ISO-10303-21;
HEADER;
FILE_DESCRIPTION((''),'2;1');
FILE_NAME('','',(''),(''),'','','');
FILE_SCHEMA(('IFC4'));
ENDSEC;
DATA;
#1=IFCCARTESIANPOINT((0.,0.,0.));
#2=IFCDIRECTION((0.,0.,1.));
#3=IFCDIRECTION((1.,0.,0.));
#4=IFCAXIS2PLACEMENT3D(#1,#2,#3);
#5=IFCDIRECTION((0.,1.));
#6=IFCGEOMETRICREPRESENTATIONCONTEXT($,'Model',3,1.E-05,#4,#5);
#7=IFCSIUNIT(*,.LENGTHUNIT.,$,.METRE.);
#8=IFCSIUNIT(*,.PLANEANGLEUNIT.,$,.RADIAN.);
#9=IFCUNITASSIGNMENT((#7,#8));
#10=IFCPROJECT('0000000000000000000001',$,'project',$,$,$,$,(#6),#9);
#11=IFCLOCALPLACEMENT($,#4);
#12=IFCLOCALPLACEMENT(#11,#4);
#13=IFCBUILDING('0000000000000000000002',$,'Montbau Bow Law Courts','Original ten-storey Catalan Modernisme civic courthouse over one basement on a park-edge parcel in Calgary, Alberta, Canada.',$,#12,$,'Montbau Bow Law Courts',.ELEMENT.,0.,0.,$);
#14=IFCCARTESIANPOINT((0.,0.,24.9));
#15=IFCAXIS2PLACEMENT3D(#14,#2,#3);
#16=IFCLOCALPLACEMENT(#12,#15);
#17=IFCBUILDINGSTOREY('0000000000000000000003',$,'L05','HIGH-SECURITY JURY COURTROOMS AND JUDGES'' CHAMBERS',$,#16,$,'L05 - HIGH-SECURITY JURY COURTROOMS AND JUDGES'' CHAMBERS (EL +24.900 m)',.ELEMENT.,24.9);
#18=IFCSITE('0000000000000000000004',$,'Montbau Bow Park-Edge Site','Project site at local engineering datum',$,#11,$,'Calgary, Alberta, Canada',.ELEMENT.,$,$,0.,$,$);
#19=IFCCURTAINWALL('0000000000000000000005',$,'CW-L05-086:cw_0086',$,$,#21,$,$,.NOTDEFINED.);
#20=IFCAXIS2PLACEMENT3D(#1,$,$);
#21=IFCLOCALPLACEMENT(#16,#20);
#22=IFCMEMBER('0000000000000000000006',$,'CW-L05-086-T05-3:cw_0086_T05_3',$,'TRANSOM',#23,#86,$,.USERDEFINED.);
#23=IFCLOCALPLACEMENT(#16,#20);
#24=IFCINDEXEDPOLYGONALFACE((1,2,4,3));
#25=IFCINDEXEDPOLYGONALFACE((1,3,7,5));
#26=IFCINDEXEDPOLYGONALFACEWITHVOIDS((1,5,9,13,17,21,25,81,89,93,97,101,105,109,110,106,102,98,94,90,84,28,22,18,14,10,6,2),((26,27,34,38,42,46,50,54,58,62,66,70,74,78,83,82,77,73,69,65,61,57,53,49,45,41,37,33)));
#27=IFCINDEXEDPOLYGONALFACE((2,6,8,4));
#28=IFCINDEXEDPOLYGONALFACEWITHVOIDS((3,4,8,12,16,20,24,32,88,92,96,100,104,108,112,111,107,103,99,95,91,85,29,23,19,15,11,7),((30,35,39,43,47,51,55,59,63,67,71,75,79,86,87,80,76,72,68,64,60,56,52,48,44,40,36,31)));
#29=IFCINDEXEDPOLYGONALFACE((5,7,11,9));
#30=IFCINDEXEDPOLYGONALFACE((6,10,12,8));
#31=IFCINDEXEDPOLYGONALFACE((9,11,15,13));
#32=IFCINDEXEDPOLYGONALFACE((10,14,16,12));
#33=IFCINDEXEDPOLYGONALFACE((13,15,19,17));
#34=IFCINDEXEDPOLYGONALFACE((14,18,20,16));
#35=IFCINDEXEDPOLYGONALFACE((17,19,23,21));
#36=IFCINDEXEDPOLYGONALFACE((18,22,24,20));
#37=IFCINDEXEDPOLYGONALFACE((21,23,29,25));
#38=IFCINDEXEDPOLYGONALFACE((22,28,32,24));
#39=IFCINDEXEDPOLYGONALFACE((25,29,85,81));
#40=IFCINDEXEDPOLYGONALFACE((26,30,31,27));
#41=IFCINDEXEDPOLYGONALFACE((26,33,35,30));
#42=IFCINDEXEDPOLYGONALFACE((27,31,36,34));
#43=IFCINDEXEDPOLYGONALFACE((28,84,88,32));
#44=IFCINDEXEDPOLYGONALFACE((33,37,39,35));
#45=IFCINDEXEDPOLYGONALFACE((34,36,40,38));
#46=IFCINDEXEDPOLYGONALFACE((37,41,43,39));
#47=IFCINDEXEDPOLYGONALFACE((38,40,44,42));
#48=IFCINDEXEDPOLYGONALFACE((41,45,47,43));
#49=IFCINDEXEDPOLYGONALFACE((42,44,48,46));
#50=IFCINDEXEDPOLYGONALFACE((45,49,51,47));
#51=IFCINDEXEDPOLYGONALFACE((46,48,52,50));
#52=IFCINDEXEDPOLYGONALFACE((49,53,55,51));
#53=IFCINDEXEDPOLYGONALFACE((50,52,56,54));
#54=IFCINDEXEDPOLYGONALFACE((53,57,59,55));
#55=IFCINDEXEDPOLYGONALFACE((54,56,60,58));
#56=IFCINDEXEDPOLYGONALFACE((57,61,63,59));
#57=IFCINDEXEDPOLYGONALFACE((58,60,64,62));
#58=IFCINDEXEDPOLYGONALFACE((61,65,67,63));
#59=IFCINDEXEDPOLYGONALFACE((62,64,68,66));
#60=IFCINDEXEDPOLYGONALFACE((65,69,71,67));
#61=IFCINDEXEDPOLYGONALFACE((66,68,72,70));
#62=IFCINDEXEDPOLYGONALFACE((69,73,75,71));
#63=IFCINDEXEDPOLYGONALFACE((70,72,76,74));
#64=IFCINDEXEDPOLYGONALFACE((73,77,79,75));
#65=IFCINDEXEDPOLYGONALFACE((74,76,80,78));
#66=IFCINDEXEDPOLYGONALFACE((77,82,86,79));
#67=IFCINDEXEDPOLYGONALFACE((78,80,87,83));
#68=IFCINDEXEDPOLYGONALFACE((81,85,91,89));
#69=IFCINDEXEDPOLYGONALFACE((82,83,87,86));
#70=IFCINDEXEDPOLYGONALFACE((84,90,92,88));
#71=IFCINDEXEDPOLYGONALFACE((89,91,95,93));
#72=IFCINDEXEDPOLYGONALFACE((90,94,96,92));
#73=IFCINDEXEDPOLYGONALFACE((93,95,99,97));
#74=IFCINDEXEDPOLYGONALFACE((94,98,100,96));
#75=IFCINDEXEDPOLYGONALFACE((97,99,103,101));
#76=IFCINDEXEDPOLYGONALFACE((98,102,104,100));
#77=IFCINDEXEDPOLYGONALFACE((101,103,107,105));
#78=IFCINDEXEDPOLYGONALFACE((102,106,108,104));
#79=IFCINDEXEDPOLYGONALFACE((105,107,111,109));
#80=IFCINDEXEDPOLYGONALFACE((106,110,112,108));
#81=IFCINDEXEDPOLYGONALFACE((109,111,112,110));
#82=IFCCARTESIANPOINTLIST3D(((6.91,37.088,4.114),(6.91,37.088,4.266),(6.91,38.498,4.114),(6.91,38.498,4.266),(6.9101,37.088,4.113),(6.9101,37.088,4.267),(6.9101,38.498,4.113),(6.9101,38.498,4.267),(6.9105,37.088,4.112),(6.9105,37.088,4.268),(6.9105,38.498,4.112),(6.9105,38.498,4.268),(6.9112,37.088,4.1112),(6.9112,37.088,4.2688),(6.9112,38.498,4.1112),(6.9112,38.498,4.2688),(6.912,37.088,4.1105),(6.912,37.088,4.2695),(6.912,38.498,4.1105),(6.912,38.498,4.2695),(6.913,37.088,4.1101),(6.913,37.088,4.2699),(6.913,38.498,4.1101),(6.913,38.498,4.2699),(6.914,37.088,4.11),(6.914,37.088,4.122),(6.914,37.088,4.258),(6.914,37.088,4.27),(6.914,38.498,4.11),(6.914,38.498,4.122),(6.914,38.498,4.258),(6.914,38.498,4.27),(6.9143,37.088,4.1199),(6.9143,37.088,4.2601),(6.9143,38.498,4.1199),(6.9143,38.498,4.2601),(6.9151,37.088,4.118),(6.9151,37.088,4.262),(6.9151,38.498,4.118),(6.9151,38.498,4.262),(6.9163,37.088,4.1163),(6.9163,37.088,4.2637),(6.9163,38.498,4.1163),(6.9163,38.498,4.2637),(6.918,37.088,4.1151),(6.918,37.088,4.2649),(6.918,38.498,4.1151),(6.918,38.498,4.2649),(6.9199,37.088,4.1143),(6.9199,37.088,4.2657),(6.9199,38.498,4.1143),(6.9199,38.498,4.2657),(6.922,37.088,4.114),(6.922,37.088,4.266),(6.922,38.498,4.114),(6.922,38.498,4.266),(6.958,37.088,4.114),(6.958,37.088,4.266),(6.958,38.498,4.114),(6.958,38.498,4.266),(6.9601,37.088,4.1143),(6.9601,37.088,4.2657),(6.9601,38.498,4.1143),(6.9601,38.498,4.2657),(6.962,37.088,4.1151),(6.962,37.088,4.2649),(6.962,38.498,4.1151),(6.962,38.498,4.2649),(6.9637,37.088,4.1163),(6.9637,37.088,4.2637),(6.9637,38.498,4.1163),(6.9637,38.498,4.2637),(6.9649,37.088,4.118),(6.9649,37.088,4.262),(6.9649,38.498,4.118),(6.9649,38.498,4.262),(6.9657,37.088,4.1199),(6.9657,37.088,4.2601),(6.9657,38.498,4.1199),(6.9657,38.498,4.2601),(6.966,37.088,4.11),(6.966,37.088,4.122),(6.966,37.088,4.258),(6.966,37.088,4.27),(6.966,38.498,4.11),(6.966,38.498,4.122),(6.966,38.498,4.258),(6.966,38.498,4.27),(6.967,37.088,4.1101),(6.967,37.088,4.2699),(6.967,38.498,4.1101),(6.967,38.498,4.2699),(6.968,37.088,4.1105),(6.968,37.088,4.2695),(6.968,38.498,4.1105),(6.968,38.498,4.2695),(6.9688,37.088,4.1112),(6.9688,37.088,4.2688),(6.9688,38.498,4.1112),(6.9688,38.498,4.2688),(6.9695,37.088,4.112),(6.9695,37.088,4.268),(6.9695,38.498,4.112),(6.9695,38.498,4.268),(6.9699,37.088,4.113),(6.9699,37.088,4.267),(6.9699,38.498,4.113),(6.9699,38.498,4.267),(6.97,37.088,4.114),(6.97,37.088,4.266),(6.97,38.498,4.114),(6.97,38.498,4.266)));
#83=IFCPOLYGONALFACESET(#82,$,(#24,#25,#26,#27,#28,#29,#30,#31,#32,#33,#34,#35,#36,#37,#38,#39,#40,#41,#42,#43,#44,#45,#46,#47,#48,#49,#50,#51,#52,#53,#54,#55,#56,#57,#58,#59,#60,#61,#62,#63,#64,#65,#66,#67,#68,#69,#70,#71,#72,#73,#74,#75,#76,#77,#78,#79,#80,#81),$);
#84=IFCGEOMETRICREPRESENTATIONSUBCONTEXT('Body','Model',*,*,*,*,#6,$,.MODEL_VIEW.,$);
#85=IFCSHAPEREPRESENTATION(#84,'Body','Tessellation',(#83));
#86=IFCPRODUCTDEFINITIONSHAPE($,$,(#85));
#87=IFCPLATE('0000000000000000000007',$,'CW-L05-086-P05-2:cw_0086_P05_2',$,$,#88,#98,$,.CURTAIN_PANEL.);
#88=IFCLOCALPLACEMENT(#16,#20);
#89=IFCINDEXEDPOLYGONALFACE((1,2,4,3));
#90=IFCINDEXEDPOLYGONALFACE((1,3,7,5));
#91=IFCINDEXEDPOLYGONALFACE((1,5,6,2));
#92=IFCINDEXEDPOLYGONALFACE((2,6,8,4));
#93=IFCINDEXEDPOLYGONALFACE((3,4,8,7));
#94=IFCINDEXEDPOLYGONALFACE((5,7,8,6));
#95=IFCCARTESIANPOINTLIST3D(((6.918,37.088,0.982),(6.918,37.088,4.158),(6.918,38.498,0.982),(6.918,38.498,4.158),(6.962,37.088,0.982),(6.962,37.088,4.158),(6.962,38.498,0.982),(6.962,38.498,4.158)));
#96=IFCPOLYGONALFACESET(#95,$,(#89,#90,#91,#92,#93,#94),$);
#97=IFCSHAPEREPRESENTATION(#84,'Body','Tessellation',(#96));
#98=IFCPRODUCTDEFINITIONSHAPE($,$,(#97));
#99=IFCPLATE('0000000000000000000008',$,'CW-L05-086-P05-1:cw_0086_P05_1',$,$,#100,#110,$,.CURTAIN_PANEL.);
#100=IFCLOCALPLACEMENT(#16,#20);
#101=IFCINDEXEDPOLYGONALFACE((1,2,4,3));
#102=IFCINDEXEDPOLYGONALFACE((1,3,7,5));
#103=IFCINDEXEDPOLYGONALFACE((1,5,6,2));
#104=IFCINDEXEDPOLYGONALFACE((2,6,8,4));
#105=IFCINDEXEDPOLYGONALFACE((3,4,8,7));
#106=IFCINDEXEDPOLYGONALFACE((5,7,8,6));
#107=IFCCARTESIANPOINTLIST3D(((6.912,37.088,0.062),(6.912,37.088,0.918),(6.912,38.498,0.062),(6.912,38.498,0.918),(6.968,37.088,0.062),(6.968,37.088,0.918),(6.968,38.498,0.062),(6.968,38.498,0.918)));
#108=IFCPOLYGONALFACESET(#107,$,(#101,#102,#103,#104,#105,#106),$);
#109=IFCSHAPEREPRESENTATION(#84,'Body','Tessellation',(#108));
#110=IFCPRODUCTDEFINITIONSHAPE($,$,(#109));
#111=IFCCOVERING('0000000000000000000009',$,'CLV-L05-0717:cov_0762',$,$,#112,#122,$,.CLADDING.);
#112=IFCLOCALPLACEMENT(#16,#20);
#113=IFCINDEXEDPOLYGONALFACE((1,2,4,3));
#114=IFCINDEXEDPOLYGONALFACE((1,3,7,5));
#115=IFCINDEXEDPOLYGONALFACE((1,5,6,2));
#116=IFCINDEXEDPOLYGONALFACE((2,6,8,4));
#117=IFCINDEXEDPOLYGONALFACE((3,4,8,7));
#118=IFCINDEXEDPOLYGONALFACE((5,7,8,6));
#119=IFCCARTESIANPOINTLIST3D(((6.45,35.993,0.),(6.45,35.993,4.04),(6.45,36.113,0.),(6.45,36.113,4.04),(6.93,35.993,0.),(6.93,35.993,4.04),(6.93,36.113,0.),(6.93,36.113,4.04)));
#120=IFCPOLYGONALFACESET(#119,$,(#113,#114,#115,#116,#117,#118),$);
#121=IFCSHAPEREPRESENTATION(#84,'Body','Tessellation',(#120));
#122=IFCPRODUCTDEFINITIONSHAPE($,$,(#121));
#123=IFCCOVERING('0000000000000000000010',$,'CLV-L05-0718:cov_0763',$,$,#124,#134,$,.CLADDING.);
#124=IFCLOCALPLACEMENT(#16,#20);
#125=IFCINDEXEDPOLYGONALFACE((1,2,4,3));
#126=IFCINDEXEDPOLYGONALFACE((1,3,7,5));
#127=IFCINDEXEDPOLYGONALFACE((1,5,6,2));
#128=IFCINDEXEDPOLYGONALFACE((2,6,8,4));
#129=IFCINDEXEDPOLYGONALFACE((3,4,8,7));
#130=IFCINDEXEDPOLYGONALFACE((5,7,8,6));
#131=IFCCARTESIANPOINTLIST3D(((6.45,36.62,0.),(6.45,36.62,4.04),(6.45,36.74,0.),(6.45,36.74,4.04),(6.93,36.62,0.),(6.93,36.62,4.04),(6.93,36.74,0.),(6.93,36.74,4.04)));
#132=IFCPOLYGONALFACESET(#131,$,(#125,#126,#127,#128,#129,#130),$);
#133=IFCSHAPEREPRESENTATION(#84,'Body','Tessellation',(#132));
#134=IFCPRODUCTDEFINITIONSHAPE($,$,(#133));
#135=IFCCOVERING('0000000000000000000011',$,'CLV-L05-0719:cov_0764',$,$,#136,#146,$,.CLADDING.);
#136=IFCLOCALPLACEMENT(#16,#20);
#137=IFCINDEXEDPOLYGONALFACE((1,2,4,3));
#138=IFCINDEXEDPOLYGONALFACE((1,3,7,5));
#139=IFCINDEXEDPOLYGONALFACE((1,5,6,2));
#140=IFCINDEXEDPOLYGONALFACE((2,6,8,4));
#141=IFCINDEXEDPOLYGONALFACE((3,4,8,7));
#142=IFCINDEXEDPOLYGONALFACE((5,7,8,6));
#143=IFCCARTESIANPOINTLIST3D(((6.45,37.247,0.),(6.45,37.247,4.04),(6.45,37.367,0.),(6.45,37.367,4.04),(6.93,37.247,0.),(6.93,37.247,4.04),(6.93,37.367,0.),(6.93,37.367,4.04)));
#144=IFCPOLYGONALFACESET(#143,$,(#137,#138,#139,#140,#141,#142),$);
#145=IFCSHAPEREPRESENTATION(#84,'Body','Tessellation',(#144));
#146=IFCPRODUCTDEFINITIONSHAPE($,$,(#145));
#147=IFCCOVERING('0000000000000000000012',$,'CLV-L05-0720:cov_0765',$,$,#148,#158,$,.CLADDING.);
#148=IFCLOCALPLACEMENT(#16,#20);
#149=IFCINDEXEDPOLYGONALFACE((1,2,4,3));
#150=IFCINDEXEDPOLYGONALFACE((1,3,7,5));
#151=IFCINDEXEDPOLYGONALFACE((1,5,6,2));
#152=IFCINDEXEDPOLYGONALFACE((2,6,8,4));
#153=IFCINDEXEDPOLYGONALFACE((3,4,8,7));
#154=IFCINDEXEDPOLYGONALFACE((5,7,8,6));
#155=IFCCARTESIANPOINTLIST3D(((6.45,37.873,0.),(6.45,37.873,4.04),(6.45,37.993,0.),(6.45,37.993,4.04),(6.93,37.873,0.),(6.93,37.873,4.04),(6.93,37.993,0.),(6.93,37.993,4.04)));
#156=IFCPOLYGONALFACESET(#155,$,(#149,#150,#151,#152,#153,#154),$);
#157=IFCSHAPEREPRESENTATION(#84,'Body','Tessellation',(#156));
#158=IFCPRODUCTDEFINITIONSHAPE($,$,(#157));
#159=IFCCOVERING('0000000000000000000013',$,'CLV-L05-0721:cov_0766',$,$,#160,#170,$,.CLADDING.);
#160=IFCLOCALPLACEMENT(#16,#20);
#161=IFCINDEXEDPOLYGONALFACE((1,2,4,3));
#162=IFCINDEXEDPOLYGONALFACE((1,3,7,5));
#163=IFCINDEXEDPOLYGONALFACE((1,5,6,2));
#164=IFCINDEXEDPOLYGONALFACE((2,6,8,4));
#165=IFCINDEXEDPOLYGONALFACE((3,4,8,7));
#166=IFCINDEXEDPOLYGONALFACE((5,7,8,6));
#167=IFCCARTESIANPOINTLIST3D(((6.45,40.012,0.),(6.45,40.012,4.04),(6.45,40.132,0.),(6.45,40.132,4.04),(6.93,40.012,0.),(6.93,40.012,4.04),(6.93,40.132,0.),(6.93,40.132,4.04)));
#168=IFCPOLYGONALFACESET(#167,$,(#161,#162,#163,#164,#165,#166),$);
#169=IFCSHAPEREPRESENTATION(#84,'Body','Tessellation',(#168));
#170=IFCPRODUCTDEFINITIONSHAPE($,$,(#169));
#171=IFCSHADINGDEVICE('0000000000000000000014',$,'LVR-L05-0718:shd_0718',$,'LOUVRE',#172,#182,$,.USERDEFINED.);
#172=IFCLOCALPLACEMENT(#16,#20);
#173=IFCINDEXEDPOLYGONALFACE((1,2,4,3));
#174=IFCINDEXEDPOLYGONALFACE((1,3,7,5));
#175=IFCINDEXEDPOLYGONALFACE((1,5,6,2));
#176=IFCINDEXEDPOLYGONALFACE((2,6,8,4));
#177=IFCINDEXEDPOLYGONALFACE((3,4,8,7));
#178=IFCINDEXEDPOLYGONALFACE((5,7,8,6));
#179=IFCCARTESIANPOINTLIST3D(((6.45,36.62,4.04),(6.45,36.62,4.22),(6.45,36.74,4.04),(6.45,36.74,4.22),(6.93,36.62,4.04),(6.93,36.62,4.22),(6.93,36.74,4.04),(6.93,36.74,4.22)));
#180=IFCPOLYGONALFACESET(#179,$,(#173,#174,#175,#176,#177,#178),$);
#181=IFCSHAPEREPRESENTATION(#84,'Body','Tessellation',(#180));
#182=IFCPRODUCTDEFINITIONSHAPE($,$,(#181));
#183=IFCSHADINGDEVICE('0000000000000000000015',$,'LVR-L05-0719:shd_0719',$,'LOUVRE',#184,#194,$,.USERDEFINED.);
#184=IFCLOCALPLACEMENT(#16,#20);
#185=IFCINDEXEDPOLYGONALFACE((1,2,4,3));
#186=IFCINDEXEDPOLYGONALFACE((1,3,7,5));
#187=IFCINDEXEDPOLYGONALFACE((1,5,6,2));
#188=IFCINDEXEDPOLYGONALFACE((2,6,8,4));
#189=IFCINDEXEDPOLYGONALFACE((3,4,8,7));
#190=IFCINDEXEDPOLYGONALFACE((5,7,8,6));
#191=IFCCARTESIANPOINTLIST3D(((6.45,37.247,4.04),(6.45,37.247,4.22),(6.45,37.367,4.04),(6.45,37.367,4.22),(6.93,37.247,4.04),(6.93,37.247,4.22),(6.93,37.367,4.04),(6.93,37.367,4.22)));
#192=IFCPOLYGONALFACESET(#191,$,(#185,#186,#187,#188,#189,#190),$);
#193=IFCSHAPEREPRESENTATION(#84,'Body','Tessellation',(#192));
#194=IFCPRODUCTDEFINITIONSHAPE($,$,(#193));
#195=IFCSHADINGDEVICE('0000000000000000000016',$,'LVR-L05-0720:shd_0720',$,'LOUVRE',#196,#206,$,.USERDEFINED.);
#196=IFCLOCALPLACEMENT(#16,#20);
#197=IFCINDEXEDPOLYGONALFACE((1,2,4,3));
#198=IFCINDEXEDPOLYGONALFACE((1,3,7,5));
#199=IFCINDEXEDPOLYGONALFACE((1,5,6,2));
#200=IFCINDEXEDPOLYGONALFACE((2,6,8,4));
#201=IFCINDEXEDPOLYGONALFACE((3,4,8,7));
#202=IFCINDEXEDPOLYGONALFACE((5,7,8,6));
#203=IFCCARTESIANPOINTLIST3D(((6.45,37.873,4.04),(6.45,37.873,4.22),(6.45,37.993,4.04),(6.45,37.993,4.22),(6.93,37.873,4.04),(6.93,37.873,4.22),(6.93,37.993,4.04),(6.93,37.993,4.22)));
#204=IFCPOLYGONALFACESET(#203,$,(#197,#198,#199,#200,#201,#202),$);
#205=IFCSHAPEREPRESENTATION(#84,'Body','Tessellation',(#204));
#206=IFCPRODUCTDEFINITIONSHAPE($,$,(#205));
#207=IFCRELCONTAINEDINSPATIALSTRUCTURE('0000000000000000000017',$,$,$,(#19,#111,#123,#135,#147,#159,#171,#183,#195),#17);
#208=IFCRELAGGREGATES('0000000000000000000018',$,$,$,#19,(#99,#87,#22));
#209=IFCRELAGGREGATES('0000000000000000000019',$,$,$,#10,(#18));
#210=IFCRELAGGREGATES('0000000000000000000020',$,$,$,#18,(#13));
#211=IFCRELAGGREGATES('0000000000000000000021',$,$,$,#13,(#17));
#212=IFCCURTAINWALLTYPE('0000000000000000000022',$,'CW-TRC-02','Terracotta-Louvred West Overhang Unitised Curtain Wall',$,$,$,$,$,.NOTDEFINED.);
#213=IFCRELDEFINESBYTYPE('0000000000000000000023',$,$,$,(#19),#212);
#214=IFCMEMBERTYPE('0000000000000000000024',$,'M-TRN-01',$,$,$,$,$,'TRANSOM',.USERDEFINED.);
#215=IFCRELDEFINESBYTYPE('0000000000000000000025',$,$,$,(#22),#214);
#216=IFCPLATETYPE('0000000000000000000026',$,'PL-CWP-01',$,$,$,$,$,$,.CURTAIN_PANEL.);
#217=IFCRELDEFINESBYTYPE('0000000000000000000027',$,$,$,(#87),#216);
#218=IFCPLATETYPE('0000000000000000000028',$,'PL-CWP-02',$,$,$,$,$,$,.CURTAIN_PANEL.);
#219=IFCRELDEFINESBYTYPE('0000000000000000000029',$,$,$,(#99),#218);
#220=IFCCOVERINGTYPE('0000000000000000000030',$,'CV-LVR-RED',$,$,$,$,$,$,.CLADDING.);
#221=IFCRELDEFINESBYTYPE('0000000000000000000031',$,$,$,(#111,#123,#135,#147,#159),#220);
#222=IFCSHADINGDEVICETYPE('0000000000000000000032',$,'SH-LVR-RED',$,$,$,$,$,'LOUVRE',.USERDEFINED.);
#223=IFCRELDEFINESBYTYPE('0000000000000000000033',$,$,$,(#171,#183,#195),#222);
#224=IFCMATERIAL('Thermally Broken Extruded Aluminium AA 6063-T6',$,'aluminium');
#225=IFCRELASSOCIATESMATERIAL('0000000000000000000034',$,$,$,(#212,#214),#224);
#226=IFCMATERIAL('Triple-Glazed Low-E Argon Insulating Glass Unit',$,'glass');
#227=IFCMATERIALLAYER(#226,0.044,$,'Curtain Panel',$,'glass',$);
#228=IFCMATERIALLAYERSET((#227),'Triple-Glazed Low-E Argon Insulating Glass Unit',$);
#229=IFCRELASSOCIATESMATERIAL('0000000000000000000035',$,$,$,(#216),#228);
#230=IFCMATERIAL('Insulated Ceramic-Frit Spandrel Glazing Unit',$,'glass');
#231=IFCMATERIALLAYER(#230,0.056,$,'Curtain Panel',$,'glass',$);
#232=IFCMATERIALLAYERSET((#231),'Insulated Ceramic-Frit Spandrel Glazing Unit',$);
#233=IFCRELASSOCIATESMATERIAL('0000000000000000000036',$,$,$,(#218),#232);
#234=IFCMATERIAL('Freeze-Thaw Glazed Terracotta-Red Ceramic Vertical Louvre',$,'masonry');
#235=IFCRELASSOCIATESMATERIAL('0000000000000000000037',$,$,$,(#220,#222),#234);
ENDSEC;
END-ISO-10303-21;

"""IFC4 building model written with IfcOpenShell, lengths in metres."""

from ifc_helpers import new_model, si_unit, direction, frame, frame_2d, origin_with_axes, origin_2d_with_axis, place, context, subcontext, project, spatial, rectangle, hollow_rectangle, extrude, material, layer, layer_set, material_profile, profile_set, type_object, element, aggregate, save


model = new_model("IFC4")

# Units and contexts
model_context = context("Model", 3, precision=1e-05, world=origin_with_axes(), true_north=direction((0.0, 1.0)))
body_context = subcontext(model_context, "Body", "Model", "MODEL_VIEW")
ifc_project = project(units=[si_unit("LENGTHUNIT", "METRE"), si_unit("PLANEANGLEUNIT", "RADIAN")], contexts=[model_context])

# Site, building, storey
site_placement = place(None, origin_with_axes())
site = spatial("IfcSite", under=ifc_project, at=site_placement, Name="Montbau Bow Park-Edge Site", Description="Project site at local engineering datum", LongName="Calgary, Alberta, Canada", CompositionType="ELEMENT", RefElevation=0.0)
building_placement = place(site_placement, origin_with_axes())
building = spatial("IfcBuilding", under=site, at=building_placement, Name="Montbau Bow Law Courts", Description="Original ten-storey Catalan Modernisme civic courthouse over one basement on a park-edge parcel in Calgary, Alberta, Canada.", LongName="Montbau Bow Law Courts", CompositionType="ELEMENT", ElevationOfRefHeight=0.0, ElevationOfTerrain=0.0)
storey_placement = place(building_placement, frame((0.0, 0.0, 24.9), z_axis=(0.0, 0.0, 1.0), x_axis=(1.0, 0.0, 0.0)))
storey = spatial("IfcBuildingStorey", under=building, at=storey_placement, Name="L05", Description="HIGH-SECURITY JURY COURTROOMS AND JUDGES' CHAMBERS", LongName="L05 - HIGH-SECURITY JURY COURTROOMS AND JUDGES' CHAMBERS (EL +24.900 m)", CompositionType="ELEMENT", Elevation=24.9)

# Curtain wall, member, plates
ifc_material_1 = material(Name="Thermally Broken Extruded Aluminium AA 6063-T6", Category="aluminium")
curtain_wall_type = type_object("IfcCurtainWallType", Name="CW-TRC-02", Description="Terracotta-Louvred West Overhang Unitised Curtain Wall", PredefinedType="NOTDEFINED", material=ifc_material_1)
curtain_wall_placement = place(None, frame((6.94, 31.04, 24.9), z_axis=(0.0, 0.0, 1.0), x_axis=(1.0, 0.0, 0.0)))
curtain_wall = element("IfcCurtainWall", 1, at=curtain_wall_placement, inside=storey, type_object=curtain_wall_type, Name="CW-L05-086:cw_0086", PredefinedType="NOTDEFINED")
ifc_material_profile_1 = material_profile(ifc_material_1, hollow_rectangle(XDim=0.06, YDim=0.16, WallThickness=0.004, InnerFilletRadius=0.008, OuterFilletRadius=0.004, at=origin_2d_with_axis()), Name="CWT-160X60", Category="Main", Priority=0)
ifc_profile_set_1 = profile_set([ifc_material_profile_1], Name="Thermally Broken Extruded Aluminium AA 6063-T6")
member_type_1 = type_object("IfcMemberType", Name="M-TRN-01", ElementType="TRANSOM", PredefinedType="USERDEFINED", material=ifc_profile_set_1)
member_1_placement = place(None, frame((6.94, 37.088, 29.09), z_axis=(0.0, 1.0, 0.0), x_axis=(-1.0, 0.0, 0.0)))
member_1 = element("IfcMember", 2, at=member_1_placement, type_object=member_type_1, Name="CW-L05-086-T05-3:cw_0086_T05_3", ObjectType="TRANSOM", PredefinedType="USERDEFINED", context=body_context, shape_type="SweptSolid", body=[
    extrude(hollow_rectangle(XDim=0.06, YDim=0.16, WallThickness=0.004, InnerFilletRadius=0.008, OuterFilletRadius=0.004, at=origin_2d_with_axis()), origin_with_axes(), (0.0, 0.0, 1.0), 1.41),
])
ifc_material_2 = material(Name="Triple-Glazed Low-E Argon Insulating Glass Unit", Category="glass")
ifc_layer_1 = layer(ifc_material_2, 0.044, Name="Curtain Panel", Category="glass")
ifc_layer_set_1 = layer_set([ifc_layer_1], Name="Triple-Glazed Low-E Argon Insulating Glass Unit")
plate_type_1 = type_object("IfcPlateType", Name="PL-CWP-01", PredefinedType="CURTAIN_PANEL", material=ifc_layer_set_1)
plate_1_placement = place(None, frame((6.94, 37.088, 25.882), z_axis=(1.0, 0.0, 0.0), x_axis=(0.0, 1.0, 0.0)))
plate_1 = element("IfcPlate", 3, at=plate_1_placement, type_object=plate_type_1, Name="CW-L05-086-P05-2:cw_0086_P05_2", PredefinedType="CURTAIN_PANEL", context=body_context, shape_type="SweptSolid", body=[
    extrude(rectangle(XDim=1.41, YDim=3.176, at=frame_2d((0.705, 1.588), x_axis=(1.0, 0.0))), frame((0.0, 0.0, -0.022), z_axis=(0.0, 0.0, 1.0), x_axis=(1.0, 0.0, 0.0)), (0.0, 0.0, 1.0), 0.044),
])
ifc_material_3 = material(Name="Insulated Ceramic-Frit Spandrel Glazing Unit", Category="glass")
ifc_layer_2 = layer(ifc_material_3, 0.056, Name="Curtain Panel", Category="glass")
ifc_layer_set_2 = layer_set([ifc_layer_2], Name="Insulated Ceramic-Frit Spandrel Glazing Unit")
plate_type_2 = type_object("IfcPlateType", Name="PL-CWP-02", PredefinedType="CURTAIN_PANEL", material=ifc_layer_set_2)
plate_2_placement = place(None, frame((6.94, 37.088, 24.962), z_axis=(1.0, 0.0, 0.0), x_axis=(0.0, 1.0, 0.0)))
plate_2 = element("IfcPlate", 4, at=plate_2_placement, type_object=plate_type_2, Name="CW-L05-086-P05-1:cw_0086_P05_1", PredefinedType="CURTAIN_PANEL", context=body_context, shape_type="SweptSolid", body=[
    extrude(rectangle(XDim=1.41, YDim=0.856, at=frame_2d((0.705, 0.428), x_axis=(1.0, 0.0))), frame((0.0, 0.0, -0.028), z_axis=(0.0, 0.0, 1.0), x_axis=(1.0, 0.0, 0.0)), (0.0, 0.0, 1.0), 0.056),
])
aggregate(curtain_wall, [plate_2, plate_1, member_1])

# Coverings
ifc_material_4 = material(Name="Freeze-Thaw Glazed Terracotta-Red Ceramic Vertical Louvre", Category="masonry")
covering_type = type_object("IfcCoveringType", Name="CV-LVR-RED", PredefinedType="CLADDING", material=ifc_material_4)
for number, where, z_axis, x_axis, name in (
    (5, (6.93, 36.053, 24.9), (0.0, 1.0, 0.0), (-1.0, 0.0, 0.0), "CLV-L05-0717:cov_0762"),
    (6, (6.93, 36.68, 24.9), (0.0, 1.0, 0.0), (-1.0, 0.0, 0.0), "CLV-L05-0718:cov_0763"),
    (7, (6.93, 37.307, 24.9), (0.0, 1.0, 0.0), (-1.0, 0.0, 0.0), "CLV-L05-0719:cov_0764"),
    (8, (6.93, 37.933, 24.9), (0.0, 1.0, 0.0), (-1.0, 0.0, 0.0), "CLV-L05-0720:cov_0765"),
    (9, (6.93, 40.072, 24.9), (0.0, 1.0, 0.0), (-1.0, 0.0, 0.0), "CLV-L05-0721:cov_0766"),
):
    element("IfcCovering", number, at=place(None, frame(where, z_axis=z_axis, x_axis=x_axis)), inside=storey, type_object=covering_type, Name=name, PredefinedType="CLADDING", context=body_context, shape_type="SweptSolid", body=[
        extrude(rectangle(XDim=0.48, YDim=4.04, at=frame_2d((0.24, 2.02), x_axis=(1.0, 0.0))), frame((0.0, 0.0, -0.06), z_axis=(0.0, 0.0, 1.0), x_axis=(1.0, 0.0, 0.0)), (0.0, 0.0, 1.0), 0.12),
    ])

# Shading devices
shading_device_type = type_object("IfcShadingDeviceType", Name="SH-LVR-RED", ElementType="LOUVRE", PredefinedType="USERDEFINED", material=ifc_material_4)
for number, where, z_axis, x_axis, name in (
    (10, (6.69, 36.68, 28.94), (0.0, 0.0, 1.0), (-1.0, 0.0, 0.0), "LVR-L05-0718:shd_0718"),
    (11, (6.69, 37.307, 28.94), (0.0, 0.0, 1.0), (-1.0, 0.0, 0.0), "LVR-L05-0719:shd_0719"),
    (12, (6.69, 37.933, 28.94), (0.0, 0.0, 1.0), (-1.0, 0.0, 0.0), "LVR-L05-0720:shd_0720"),
):
    element("IfcShadingDevice", number, at=place(None, frame(where, z_axis=z_axis, x_axis=x_axis)), inside=storey, type_object=shading_device_type, Name=name, ObjectType="LOUVRE", PredefinedType="USERDEFINED", context=body_context, shape_type="SweptSolid", body=[
        extrude(rectangle(XDim=0.48, YDim=0.12, at=origin_2d_with_axis()), origin_with_axes(), (0.0, 0.0, 1.0), 0.18),
    ])

save(model, "model.ifc")
